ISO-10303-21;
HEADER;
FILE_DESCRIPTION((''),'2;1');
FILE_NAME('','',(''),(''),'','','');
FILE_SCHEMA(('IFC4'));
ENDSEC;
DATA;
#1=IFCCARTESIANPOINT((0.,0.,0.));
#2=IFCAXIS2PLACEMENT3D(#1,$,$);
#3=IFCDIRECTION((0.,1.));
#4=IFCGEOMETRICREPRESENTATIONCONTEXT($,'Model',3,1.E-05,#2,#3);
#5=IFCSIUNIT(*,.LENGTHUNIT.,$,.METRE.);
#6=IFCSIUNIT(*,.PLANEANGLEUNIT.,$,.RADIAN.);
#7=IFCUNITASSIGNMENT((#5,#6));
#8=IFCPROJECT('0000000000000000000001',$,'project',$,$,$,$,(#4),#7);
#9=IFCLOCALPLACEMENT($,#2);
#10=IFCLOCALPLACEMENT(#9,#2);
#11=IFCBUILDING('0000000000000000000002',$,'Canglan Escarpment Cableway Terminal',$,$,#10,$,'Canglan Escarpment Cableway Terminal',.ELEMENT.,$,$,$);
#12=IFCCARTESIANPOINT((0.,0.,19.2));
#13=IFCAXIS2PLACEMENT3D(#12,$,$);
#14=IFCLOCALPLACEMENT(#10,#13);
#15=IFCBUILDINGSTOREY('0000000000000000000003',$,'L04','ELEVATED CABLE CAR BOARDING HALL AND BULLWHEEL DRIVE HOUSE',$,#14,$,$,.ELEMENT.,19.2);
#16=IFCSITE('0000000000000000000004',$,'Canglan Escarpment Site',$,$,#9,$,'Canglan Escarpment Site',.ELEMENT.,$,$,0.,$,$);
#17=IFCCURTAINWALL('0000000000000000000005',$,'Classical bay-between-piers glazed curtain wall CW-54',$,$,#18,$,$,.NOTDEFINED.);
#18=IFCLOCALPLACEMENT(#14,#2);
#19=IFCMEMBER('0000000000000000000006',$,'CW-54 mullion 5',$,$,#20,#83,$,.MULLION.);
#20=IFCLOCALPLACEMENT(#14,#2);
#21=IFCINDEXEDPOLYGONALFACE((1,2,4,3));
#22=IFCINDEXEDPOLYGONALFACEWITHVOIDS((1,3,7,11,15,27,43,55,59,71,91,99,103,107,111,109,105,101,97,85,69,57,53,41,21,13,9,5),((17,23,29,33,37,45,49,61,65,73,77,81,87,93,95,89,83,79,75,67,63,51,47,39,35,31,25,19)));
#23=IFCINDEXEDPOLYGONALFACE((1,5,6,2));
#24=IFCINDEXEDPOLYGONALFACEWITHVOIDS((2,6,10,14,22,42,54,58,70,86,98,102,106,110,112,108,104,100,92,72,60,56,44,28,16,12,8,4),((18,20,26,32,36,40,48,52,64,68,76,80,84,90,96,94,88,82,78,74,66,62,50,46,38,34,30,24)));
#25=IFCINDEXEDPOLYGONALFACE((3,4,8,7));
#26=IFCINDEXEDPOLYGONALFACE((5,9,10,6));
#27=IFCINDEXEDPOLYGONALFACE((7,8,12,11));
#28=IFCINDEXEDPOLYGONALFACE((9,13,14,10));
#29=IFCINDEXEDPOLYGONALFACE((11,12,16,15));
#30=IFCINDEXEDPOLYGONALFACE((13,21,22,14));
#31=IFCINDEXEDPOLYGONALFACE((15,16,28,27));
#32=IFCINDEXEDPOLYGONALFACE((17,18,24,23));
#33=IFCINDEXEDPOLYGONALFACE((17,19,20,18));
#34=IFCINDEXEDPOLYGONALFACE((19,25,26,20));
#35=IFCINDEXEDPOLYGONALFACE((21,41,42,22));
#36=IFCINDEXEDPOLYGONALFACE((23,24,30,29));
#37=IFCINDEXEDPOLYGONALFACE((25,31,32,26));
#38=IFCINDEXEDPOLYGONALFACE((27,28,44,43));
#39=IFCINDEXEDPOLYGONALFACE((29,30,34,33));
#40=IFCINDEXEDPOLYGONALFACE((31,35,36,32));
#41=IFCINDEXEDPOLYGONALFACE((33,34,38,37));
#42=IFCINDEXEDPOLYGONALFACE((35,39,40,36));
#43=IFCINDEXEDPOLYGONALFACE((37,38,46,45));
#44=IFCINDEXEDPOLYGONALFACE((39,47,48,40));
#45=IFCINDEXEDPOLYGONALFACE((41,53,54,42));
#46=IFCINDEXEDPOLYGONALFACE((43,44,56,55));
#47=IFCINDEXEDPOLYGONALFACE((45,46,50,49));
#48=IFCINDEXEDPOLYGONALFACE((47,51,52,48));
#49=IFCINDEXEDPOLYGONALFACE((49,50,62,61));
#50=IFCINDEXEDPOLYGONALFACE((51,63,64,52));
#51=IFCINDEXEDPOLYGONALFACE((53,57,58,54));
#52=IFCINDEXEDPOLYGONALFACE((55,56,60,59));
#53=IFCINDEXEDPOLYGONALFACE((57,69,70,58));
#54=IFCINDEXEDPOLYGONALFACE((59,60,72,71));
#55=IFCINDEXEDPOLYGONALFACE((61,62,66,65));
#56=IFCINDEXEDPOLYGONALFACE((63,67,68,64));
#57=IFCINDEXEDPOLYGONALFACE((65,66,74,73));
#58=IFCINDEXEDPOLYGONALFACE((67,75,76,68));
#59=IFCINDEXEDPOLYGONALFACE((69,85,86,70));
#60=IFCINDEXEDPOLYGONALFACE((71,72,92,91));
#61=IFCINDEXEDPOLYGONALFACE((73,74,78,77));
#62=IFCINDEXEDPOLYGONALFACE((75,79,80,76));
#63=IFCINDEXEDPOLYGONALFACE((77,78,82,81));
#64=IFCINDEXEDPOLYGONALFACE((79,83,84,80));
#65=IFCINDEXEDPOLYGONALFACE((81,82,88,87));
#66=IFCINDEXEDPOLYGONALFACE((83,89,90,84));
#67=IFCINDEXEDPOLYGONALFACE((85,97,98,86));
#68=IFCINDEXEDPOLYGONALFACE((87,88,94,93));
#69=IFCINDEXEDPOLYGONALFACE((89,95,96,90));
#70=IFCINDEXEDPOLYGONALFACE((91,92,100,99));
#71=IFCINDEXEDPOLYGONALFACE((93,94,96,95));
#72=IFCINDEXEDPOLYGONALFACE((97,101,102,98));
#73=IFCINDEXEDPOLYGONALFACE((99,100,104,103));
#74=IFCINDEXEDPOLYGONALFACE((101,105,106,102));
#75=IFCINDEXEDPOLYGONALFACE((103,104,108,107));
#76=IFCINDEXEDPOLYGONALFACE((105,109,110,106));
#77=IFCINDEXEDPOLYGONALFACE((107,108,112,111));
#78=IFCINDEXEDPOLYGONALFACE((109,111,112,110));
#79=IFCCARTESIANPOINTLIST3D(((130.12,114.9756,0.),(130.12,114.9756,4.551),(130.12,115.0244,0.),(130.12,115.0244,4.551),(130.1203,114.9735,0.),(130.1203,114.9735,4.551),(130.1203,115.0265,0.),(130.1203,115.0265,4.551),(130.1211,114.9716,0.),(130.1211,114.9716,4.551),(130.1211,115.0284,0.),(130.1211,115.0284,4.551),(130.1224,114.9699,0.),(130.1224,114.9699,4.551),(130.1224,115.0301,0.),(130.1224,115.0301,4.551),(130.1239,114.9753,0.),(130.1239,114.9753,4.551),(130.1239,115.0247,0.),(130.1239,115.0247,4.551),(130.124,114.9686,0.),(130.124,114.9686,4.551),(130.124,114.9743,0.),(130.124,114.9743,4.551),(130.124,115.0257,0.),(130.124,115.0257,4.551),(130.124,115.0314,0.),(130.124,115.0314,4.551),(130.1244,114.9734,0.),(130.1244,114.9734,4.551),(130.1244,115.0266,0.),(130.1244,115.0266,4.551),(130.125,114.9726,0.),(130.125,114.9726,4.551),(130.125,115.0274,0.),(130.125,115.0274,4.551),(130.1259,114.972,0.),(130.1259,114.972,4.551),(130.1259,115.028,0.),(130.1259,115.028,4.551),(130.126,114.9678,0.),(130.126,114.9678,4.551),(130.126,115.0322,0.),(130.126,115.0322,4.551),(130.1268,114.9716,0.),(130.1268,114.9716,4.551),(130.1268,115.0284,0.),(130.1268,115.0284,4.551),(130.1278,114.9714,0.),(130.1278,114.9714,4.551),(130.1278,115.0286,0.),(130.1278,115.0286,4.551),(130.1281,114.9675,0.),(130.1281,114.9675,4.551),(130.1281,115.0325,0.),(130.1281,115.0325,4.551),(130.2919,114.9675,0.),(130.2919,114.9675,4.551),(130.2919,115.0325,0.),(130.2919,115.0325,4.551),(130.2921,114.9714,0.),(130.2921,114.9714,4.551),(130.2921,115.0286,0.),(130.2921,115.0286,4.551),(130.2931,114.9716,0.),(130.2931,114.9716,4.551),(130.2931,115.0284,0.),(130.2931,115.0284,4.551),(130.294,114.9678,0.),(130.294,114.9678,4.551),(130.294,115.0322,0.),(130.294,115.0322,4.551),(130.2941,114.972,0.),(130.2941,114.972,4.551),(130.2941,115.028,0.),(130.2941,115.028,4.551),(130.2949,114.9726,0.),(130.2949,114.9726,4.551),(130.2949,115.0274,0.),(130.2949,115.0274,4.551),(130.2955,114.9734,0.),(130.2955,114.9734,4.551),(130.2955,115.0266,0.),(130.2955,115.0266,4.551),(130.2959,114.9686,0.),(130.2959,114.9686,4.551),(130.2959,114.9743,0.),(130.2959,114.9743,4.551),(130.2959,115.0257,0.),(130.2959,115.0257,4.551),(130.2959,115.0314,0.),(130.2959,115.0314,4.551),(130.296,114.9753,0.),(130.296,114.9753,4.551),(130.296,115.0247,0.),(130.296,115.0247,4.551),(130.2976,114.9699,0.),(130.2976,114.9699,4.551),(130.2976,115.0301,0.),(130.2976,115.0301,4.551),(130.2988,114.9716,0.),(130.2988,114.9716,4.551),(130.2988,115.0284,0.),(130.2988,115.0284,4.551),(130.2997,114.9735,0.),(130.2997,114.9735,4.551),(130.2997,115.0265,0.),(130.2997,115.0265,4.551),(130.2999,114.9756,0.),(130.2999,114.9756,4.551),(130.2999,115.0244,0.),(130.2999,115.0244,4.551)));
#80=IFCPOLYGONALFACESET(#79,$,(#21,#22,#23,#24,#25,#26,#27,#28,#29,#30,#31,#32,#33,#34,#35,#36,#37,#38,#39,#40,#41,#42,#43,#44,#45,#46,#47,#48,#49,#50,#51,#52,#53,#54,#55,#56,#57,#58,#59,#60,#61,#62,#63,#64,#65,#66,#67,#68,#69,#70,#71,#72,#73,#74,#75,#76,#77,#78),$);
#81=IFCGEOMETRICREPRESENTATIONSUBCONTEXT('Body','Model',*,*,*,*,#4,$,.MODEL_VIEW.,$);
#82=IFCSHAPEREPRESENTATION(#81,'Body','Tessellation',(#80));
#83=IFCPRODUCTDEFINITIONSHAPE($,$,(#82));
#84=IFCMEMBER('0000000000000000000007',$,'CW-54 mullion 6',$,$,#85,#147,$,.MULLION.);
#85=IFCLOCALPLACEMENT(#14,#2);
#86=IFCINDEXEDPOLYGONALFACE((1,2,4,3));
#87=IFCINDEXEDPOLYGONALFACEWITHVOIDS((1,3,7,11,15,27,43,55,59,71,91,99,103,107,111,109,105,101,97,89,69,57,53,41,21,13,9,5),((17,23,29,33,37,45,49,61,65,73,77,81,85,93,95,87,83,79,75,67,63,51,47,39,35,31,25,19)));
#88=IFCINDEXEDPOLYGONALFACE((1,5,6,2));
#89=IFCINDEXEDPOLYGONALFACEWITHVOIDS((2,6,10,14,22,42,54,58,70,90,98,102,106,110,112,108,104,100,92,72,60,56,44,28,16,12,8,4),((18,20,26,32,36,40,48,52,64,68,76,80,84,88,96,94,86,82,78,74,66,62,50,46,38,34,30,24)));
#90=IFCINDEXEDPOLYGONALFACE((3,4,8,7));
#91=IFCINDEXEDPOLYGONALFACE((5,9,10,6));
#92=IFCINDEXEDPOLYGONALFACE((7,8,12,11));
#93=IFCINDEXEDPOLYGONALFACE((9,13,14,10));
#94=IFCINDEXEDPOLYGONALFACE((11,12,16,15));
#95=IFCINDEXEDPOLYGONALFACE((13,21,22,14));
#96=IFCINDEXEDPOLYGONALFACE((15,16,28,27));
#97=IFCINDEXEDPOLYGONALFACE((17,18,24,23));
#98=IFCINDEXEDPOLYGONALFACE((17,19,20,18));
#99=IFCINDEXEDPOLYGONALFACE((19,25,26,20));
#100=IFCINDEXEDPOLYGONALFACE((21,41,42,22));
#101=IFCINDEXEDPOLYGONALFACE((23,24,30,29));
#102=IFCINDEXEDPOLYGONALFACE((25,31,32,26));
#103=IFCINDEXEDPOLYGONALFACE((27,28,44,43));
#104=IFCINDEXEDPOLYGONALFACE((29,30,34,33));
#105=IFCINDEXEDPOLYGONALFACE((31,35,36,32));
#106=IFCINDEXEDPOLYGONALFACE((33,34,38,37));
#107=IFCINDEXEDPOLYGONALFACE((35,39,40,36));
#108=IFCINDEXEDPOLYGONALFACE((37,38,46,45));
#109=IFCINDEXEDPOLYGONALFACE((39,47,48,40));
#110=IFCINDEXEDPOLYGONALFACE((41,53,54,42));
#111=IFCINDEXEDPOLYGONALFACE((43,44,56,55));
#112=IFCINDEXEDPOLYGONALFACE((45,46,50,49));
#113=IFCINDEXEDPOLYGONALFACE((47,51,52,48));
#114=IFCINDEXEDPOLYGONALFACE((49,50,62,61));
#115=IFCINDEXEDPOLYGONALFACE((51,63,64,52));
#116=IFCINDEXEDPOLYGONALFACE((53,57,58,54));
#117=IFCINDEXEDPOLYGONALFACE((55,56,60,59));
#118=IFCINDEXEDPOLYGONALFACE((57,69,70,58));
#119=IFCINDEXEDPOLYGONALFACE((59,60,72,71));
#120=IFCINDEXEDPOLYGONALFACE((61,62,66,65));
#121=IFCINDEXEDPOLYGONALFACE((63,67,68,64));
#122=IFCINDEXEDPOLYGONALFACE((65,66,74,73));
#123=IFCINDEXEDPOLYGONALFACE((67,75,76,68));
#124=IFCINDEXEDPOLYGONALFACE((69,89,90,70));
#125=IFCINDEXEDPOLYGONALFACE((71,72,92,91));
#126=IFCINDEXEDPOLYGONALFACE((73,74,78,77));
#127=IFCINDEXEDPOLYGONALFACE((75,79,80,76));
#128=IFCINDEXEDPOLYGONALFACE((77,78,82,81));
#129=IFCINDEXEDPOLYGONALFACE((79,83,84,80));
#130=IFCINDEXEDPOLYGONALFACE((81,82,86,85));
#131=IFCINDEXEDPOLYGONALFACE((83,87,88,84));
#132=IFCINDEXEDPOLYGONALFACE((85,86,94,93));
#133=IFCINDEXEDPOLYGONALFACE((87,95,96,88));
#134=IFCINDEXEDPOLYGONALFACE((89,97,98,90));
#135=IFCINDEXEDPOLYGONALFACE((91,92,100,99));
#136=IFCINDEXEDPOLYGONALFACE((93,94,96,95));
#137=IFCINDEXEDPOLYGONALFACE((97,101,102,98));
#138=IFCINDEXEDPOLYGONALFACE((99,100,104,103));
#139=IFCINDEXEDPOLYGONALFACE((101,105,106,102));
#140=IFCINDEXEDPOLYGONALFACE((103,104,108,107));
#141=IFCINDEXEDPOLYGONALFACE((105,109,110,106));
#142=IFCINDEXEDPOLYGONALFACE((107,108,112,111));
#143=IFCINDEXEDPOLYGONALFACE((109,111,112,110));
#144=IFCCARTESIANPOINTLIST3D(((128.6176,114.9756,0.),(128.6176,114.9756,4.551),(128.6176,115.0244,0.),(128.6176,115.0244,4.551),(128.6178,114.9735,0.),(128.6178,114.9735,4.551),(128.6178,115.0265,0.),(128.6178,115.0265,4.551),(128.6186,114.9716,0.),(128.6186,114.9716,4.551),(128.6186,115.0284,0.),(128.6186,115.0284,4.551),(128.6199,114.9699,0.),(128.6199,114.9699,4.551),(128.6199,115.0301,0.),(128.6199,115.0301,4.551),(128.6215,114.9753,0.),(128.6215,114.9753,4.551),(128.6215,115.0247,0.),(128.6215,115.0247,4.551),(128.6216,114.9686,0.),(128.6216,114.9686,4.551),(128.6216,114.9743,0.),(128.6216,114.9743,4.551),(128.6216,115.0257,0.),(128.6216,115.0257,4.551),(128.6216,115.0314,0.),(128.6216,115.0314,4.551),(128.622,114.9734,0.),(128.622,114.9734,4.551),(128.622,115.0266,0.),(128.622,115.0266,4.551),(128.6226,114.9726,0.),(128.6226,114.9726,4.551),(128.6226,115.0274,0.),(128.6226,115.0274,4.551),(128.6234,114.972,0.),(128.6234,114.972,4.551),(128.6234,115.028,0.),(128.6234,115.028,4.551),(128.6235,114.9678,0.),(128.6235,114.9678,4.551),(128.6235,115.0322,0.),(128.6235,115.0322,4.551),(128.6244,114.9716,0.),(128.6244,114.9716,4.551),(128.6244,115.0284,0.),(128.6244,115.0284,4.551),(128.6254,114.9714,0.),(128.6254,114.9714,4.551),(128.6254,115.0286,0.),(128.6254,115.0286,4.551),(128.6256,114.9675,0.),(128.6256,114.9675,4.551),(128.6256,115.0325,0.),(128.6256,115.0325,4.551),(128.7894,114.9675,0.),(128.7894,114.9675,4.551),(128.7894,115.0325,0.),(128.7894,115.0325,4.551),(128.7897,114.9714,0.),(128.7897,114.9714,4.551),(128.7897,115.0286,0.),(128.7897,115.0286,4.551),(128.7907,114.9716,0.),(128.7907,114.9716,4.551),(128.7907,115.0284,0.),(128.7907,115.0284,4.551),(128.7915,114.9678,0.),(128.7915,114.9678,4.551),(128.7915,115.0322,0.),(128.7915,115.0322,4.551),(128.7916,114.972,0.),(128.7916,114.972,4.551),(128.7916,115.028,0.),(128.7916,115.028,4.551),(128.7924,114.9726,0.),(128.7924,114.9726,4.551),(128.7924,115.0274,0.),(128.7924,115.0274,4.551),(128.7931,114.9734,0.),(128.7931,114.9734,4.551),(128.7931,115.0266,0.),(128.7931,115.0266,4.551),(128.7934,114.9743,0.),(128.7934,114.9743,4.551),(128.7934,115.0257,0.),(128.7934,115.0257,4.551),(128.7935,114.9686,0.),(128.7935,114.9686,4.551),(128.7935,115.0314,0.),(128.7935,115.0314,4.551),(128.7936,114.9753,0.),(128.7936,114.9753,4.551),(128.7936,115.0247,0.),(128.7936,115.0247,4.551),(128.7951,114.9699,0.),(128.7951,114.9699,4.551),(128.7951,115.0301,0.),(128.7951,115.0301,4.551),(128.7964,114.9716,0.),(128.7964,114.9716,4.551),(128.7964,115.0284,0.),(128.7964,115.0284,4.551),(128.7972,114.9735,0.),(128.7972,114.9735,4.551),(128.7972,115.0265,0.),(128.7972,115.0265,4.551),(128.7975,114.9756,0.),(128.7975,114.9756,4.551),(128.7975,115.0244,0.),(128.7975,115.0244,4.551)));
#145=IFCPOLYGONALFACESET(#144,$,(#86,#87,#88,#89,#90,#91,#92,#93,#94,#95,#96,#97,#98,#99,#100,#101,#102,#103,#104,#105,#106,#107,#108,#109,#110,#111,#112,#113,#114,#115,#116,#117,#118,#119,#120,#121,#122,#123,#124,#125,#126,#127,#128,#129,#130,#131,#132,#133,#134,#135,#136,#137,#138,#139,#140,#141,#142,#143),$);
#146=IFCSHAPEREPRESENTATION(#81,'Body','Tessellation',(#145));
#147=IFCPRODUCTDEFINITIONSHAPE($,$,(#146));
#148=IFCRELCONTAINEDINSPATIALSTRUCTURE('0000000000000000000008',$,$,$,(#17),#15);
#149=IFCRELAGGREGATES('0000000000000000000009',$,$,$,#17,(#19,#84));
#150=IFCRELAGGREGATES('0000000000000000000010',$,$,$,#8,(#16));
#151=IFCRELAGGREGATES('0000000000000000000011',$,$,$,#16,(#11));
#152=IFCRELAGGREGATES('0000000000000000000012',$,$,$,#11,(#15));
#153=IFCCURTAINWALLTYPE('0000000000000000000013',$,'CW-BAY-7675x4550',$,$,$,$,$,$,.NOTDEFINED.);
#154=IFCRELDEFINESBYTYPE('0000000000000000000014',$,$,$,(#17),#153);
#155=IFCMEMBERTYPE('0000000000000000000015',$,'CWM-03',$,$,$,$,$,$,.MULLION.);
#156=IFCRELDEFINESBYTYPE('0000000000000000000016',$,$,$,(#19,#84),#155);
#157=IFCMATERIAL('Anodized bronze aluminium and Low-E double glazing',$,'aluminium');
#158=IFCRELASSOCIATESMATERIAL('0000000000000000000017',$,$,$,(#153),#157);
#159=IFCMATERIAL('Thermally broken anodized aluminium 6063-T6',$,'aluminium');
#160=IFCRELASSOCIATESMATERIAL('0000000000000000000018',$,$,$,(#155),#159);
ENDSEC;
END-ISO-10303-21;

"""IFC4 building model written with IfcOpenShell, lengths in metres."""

from ifc_helpers import new_model, si_unit, direction, frame, origin, origin_2d, place, context, subcontext, project, spatial, hollow_rectangle, extrude, material, material_profile, profile_set, type_object, element, aggregate, save


model = new_model("IFC4")

# Units and contexts
model_context = context("Model", 3, precision=1e-05, world=origin(), true_north=direction((0.0, 1.0)))
body_context = subcontext(model_context, "Body", "Model", "MODEL_VIEW")
ifc_project = project(units=[si_unit("LENGTHUNIT", "METRE"), si_unit("PLANEANGLEUNIT", "RADIAN")], contexts=[model_context])

# Site, building, storey
site_placement = place(None, origin())
site = spatial("IfcSite", under=ifc_project, at=site_placement, Name="Canglan Escarpment Site", LongName="Canglan Escarpment Site", CompositionType="ELEMENT", RefElevation=0.0)
building_placement = place(site_placement, origin())
building = spatial("IfcBuilding", under=site, at=building_placement, Name="Canglan Escarpment Cableway Terminal", LongName="Canglan Escarpment Cableway Terminal", CompositionType="ELEMENT")
storey_placement = place(building_placement, frame((0.0, 0.0, 19.2)))
storey = spatial("IfcBuildingStorey", under=building, at=storey_placement, Name="L04", Description="ELEVATED CABLE CAR BOARDING HALL AND BULLWHEEL DRIVE HOUSE", CompositionType="ELEMENT", Elevation=19.2)

# Curtain wall, members
ifc_material_1 = material(Name="Anodized bronze aluminium and Low-E double glazing", Category="aluminium")
ifc_material_2 = material(Name="Thermally broken anodized aluminium 6063-T6", Category="aluminium")
curtain_wall_type_1 = type_object("IfcCurtainWallType", Name="CW-BAY-7675x4550", PredefinedType="NOTDEFINED", material=ifc_material_1)
curtain_wall_1_placement = place(storey_placement, origin())
curtain_wall_1 = element("IfcCurtainWall", 1, at=curtain_wall_1_placement, inside=storey, type_object=curtain_wall_type_1, Name="Classical bay-between-piers glazed curtain wall CW-54", PredefinedType="NOTDEFINED")
ifc_material_profile_1 = material_profile(ifc_material_2, hollow_rectangle(XDim=0.0649, YDim=0.1799, WallThickness=0.0039, InnerFilletRadius=0.0039, OuterFilletRadius=0.0081, at=origin_2d()), Name="ALU-MULL 65x180x4")
ifc_profile_set_1 = profile_set([ifc_material_profile_1], Name="Thermally broken anodized aluminium 6063-T6")
member_type_1 = type_object("IfcMemberType", Name="CWM-03", PredefinedType="MULLION", material=ifc_profile_set_1)
member_1_placement = place(storey_placement, frame((130.21, 115.0, 0.0), z_axis=(0.0, 0.0, 1.0), x_axis=(0.0, -1.0, 0.0)))
member_1 = element("IfcMember", 2, at=member_1_placement, type_object=member_type_1, Name="CW-54 mullion 5", PredefinedType="MULLION", context=body_context, shape_type="SweptSolid", body=[
    extrude(hollow_rectangle(XDim=0.0649, YDim=0.1799, WallThickness=0.0039, InnerFilletRadius=0.0039, OuterFilletRadius=0.0081, at=origin_2d()), origin(), (0.0, 0.0, 1.0), 4.551),
])
member_2_placement = place(storey_placement, frame((128.7075, 115.0, 0.0), z_axis=(0.0, 0.0, 1.0), x_axis=(0.0, -1.0, 0.0)))
member_2 = element("IfcMember", 3, at=member_2_placement, type_object=member_type_1, Name="CW-54 mullion 6", PredefinedType="MULLION", context=body_context, shape_type="SweptSolid", body=[
    extrude(hollow_rectangle(XDim=0.0649, YDim=0.1799, WallThickness=0.0039, InnerFilletRadius=0.0039, OuterFilletRadius=0.0081, at=origin_2d()), origin(), (0.0, 0.0, 1.0), 4.551),
])

aggregate(curtain_wall_1, [member_1, member_2])

save(model, "model.ifc")
